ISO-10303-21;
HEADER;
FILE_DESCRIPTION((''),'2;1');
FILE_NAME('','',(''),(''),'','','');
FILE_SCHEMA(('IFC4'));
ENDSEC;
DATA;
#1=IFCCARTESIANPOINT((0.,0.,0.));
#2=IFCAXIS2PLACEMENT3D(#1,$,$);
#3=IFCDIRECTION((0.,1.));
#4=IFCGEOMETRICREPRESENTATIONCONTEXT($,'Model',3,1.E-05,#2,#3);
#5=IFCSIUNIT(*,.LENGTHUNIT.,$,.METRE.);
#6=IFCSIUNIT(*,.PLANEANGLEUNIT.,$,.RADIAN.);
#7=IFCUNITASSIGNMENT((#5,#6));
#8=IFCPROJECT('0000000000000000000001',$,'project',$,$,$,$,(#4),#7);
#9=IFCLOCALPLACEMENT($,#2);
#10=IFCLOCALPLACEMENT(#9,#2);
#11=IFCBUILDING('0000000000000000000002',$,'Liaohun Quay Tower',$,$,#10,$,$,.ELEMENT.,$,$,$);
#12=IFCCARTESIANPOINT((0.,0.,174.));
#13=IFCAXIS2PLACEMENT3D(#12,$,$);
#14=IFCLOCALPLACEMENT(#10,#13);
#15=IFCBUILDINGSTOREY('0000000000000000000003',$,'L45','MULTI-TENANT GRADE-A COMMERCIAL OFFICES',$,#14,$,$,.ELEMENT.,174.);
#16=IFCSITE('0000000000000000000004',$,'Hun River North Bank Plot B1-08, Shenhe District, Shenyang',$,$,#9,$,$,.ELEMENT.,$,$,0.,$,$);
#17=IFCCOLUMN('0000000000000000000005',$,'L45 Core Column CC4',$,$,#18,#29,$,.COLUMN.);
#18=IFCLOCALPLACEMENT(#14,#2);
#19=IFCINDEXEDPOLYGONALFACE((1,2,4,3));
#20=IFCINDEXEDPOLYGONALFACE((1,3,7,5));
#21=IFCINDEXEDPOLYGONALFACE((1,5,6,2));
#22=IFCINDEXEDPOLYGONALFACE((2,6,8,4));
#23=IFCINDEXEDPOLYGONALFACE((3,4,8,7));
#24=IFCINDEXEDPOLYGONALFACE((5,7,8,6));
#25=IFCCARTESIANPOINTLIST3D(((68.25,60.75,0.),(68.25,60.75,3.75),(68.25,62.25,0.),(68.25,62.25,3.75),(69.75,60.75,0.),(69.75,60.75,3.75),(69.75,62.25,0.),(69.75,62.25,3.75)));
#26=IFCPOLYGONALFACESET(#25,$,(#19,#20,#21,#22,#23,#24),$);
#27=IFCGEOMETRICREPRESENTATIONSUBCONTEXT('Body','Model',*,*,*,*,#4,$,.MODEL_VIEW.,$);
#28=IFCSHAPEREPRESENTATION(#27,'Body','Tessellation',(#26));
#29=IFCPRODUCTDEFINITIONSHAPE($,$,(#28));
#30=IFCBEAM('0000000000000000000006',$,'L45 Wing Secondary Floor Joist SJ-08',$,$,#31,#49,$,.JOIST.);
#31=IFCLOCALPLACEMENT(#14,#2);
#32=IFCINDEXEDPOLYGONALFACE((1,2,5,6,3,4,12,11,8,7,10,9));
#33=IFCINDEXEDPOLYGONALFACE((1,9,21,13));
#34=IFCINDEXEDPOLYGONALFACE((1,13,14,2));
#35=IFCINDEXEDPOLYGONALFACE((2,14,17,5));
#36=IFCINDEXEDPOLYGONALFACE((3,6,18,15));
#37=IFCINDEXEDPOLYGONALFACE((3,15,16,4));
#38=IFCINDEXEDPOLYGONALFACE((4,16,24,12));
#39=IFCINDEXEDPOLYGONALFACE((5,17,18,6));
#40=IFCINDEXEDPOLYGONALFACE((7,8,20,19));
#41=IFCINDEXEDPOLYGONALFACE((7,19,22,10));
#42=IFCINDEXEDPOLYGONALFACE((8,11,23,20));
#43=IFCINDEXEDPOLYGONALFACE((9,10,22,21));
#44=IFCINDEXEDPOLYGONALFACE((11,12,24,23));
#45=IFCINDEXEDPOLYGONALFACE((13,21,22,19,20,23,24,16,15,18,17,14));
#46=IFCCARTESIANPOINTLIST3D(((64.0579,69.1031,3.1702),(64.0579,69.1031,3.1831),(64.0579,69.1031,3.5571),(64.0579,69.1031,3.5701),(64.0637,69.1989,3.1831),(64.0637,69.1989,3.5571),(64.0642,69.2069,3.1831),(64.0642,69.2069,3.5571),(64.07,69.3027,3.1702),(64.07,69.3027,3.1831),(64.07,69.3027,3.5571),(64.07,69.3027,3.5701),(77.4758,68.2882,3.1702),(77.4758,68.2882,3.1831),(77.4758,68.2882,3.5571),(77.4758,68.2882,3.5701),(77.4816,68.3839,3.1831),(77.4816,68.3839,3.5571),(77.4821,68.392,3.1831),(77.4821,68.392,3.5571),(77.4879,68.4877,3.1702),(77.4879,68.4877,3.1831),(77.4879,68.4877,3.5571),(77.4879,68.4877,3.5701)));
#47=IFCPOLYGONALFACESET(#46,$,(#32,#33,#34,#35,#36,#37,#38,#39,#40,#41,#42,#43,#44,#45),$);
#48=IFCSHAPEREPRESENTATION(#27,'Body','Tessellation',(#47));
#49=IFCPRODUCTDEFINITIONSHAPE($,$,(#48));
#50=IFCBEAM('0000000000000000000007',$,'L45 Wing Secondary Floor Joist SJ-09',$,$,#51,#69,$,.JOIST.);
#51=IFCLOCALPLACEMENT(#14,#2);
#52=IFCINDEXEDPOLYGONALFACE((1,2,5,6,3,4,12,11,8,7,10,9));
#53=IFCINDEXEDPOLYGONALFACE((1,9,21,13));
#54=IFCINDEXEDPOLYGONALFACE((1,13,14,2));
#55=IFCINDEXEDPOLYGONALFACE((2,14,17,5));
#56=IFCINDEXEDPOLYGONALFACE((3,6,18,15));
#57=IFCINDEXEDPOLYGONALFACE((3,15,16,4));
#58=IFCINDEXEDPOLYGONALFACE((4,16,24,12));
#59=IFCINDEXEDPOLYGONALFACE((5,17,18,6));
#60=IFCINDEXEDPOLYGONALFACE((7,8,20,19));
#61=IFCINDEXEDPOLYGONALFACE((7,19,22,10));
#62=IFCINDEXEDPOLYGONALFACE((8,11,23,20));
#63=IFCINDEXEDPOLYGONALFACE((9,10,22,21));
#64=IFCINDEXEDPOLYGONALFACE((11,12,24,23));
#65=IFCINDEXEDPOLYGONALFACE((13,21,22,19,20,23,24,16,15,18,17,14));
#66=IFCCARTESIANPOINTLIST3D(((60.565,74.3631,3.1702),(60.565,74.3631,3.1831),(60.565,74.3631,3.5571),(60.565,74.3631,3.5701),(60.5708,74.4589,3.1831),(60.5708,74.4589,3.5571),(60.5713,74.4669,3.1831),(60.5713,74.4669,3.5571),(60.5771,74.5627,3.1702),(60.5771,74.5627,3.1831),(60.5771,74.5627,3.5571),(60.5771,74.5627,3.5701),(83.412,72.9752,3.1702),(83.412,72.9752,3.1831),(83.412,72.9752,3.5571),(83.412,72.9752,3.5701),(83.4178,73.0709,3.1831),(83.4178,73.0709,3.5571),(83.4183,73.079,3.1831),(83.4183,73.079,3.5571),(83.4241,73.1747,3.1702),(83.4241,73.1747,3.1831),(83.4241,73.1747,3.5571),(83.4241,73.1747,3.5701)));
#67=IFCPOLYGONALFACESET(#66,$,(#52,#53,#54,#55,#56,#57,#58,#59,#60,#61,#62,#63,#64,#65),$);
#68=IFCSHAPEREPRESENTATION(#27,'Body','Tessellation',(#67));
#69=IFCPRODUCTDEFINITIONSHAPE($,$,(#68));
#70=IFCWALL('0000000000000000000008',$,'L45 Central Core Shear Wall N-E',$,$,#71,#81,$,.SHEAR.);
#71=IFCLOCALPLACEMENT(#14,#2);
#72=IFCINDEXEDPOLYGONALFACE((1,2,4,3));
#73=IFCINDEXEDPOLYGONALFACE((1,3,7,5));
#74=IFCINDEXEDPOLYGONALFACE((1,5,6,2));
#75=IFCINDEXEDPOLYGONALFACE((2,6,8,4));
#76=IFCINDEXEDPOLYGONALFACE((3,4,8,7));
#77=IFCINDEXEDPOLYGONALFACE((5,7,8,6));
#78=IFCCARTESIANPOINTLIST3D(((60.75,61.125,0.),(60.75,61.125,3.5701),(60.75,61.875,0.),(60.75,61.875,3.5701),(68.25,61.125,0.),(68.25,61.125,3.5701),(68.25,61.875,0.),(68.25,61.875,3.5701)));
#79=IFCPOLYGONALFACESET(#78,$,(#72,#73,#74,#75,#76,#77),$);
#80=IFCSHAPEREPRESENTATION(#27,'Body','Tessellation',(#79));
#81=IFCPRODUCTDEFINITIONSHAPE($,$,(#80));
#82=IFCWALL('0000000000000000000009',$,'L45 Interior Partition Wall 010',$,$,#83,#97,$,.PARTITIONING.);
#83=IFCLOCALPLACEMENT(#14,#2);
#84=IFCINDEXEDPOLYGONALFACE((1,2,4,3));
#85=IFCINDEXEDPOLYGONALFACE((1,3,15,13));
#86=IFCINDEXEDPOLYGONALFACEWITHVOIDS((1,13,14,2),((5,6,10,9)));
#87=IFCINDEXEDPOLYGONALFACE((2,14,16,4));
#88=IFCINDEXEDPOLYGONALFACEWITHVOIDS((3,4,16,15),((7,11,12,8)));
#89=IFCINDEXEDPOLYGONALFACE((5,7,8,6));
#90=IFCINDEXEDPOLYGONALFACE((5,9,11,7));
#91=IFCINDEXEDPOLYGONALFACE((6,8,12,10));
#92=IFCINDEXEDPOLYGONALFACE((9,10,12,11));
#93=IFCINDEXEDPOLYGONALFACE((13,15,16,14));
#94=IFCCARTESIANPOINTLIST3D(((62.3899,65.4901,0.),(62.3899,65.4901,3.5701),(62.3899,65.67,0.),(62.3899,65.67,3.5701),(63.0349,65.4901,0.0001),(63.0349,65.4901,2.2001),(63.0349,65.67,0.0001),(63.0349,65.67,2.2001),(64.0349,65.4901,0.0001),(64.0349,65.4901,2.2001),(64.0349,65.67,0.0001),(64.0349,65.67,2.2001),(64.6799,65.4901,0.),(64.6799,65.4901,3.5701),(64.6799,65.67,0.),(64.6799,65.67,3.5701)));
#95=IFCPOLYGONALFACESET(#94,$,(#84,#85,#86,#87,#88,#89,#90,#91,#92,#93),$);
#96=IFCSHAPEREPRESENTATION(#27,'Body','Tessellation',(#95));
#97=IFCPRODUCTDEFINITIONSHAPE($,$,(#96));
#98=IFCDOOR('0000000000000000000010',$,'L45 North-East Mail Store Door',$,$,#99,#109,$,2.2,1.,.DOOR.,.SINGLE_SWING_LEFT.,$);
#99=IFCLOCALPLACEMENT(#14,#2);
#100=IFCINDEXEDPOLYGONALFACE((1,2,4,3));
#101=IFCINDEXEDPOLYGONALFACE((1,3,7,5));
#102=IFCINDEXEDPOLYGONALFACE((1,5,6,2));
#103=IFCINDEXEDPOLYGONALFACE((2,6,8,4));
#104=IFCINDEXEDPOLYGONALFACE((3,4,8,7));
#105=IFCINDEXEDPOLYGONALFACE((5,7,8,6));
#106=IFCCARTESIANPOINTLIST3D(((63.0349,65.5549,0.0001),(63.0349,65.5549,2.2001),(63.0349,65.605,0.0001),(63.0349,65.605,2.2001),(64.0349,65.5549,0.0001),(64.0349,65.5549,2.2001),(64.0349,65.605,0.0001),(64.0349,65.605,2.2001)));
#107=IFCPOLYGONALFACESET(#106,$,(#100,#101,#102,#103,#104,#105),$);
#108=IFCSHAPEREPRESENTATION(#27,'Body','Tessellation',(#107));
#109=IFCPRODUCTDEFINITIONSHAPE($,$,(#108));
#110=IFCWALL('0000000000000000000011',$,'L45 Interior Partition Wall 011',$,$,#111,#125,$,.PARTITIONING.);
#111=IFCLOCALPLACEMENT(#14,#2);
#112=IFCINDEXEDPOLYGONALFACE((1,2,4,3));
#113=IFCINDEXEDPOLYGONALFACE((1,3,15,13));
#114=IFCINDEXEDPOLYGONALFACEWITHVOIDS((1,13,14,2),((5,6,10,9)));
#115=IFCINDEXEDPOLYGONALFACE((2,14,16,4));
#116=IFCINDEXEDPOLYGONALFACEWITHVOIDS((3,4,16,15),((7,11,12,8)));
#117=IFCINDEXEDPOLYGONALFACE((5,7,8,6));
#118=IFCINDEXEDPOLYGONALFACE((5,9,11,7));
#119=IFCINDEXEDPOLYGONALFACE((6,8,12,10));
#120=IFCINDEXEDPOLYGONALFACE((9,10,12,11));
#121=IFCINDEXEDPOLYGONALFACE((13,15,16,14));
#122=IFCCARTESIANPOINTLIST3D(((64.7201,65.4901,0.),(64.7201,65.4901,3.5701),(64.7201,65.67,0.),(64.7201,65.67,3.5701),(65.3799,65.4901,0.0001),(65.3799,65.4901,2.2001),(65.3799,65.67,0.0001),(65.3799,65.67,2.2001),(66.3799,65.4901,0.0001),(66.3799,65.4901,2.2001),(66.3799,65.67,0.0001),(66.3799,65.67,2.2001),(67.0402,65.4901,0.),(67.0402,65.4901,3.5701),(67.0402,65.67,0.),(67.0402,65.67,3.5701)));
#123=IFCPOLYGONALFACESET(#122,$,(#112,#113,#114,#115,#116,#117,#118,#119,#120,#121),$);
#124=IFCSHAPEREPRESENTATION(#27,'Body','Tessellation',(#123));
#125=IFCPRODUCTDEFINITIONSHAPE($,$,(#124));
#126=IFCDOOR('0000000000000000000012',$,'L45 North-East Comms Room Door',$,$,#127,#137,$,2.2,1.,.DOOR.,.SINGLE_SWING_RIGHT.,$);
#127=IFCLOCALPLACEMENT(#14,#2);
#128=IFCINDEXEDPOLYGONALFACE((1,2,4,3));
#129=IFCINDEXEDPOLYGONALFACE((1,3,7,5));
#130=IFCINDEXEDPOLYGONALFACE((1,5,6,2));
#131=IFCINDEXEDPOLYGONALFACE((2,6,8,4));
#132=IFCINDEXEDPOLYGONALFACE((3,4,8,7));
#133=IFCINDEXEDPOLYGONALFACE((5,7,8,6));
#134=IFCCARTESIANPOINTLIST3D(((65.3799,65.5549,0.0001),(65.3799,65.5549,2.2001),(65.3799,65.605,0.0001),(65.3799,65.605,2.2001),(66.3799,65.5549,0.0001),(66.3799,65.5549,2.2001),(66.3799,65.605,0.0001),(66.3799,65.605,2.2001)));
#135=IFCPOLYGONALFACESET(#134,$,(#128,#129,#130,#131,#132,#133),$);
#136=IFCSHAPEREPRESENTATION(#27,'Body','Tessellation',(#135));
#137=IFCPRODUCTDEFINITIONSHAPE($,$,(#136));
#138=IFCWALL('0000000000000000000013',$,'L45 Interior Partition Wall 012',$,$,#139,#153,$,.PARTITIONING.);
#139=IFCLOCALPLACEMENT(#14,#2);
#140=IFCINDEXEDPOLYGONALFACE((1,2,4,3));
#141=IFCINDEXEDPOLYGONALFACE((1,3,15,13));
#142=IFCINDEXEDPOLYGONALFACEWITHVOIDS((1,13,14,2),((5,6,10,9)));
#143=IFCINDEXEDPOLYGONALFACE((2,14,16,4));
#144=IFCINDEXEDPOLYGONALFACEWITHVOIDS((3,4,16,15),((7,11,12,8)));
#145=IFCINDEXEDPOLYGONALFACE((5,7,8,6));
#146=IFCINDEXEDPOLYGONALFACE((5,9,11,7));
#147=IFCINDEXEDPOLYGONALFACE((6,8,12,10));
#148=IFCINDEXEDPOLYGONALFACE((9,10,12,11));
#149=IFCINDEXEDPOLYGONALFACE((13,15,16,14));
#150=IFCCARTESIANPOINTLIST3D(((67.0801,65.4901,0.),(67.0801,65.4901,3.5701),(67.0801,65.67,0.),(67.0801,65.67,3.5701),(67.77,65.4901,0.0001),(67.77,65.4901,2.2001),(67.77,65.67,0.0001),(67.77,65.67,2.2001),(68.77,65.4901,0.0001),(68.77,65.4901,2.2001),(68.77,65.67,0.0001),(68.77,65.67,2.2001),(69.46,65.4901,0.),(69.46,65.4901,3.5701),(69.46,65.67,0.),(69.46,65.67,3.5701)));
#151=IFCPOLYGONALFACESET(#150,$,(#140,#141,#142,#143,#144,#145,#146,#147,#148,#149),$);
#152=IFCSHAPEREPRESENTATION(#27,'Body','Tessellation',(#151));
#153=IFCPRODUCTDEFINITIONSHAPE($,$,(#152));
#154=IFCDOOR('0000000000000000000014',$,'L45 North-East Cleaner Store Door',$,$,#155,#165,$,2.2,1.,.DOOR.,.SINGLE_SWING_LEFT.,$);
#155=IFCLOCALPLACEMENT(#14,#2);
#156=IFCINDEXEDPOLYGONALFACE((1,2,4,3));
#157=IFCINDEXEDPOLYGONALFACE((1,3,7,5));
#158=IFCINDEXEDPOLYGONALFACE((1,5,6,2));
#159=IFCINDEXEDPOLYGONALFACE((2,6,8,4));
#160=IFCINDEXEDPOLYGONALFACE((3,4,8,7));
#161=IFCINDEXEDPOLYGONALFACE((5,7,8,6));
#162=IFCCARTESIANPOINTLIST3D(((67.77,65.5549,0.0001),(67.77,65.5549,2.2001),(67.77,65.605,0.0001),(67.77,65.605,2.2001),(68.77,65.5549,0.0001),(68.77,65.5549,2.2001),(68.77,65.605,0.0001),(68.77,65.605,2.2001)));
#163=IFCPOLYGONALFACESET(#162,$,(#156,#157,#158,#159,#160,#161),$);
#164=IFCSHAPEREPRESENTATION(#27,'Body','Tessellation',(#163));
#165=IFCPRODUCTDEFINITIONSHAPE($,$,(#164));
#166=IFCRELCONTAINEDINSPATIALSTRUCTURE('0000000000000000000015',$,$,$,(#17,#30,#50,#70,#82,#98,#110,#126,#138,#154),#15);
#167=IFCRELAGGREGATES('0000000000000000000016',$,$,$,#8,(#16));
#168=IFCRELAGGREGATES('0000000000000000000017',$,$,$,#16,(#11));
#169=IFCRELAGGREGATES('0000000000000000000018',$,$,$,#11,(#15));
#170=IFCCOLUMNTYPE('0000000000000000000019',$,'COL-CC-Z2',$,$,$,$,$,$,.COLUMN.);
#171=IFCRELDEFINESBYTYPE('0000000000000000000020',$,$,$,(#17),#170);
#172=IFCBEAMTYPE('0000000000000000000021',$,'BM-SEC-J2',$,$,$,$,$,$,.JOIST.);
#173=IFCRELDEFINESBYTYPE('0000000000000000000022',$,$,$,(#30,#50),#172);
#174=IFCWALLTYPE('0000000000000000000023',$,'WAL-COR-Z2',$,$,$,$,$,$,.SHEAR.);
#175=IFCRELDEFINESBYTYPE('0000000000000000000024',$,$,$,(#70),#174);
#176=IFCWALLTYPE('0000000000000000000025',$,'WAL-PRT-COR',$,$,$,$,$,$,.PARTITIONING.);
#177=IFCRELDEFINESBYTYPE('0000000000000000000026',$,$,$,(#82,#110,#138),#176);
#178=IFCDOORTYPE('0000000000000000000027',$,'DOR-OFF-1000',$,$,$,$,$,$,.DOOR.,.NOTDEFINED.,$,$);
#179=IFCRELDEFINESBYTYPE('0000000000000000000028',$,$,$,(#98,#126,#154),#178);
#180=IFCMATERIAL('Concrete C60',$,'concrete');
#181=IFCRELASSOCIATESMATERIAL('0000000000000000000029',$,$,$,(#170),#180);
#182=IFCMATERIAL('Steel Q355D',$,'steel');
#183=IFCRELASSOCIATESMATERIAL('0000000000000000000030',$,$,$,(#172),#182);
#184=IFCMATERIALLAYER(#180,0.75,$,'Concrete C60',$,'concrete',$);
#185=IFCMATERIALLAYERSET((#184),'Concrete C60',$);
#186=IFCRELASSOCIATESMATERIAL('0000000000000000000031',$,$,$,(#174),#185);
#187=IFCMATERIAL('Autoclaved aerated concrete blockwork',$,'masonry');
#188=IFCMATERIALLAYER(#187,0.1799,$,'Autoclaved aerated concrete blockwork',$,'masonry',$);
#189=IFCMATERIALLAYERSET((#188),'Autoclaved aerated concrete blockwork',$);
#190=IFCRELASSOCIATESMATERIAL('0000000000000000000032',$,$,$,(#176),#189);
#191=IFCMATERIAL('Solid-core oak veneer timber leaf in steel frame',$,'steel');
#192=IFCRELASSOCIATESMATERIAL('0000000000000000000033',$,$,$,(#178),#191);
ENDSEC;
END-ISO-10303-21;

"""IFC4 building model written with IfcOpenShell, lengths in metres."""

from ifc_helpers import new_model, si_unit, direction, frame, frame_2d, origin, origin_2d, place, context, subcontext, project, spatial, rectangle, i_section, extrude, source, transform, mapped, material, layer, layer_set, material_profile, profile_set, type_object, element, fill, save


model = new_model("IFC4")

# Units and contexts
model_context = context("Model", 3, precision=1e-05, world=origin(), true_north=direction((0.0, 1.0)))
body_context = subcontext(model_context, "Body", "Model", "MODEL_VIEW")
ifc_project = project(units=[si_unit("LENGTHUNIT", "METRE"), si_unit("PLANEANGLEUNIT", "RADIAN")], contexts=[model_context])

# Site, building, storey
site_placement = place(None, origin())
site = spatial("IfcSite", under=ifc_project, at=site_placement, Name="Hun River North Bank Plot B1-08, Shenhe District, Shenyang", CompositionType="ELEMENT", RefElevation=0.0)
building_placement = place(site_placement, origin())
building = spatial("IfcBuilding", under=site, at=building_placement, Name="Liaohun Quay Tower", CompositionType="ELEMENT")
storey_placement = place(building_placement, frame((0.0, 0.0, 174.0)))
storey = spatial("IfcBuildingStorey", under=building, at=storey_placement, Name="L45", Description="MULTI-TENANT GRADE-A COMMERCIAL OFFICES", CompositionType="ELEMENT", Elevation=174.0)

# Column
ifc_material_1 = material(Name="Concrete C60", Category="concrete")
ifc_material_profile_1 = material_profile(ifc_material_1, rectangle(XDim=1.5, YDim=1.5, at=origin_2d()), Name="RC1500x1500")
ifc_profile_set_1 = profile_set([ifc_material_profile_1], Name="Concrete C60")
column_type = type_object("IfcColumnType", Name="COL-CC-Z2", PredefinedType="COLUMN", material=ifc_profile_set_1)
shared_shape_1 = source(origin(), body_context, "Body", "SweptSolid", [
    extrude(rectangle(XDim=1.5, YDim=1.5, at=origin_2d()), origin(), (0.0, 0.0, 1.0), 3.75),
])
column_placement = place(storey_placement, frame((69.0, 61.5, 0.0), z_axis=(0.0, 0.0, 1.0), x_axis=(1.0, 0.0, 0.0)))
element("IfcColumn", 1, at=column_placement, inside=storey, type_object=column_type, Name="L45 Core Column CC4", PredefinedType="COLUMN", context=body_context, shape_type="MappedRepresentation", body=[
    mapped(shared_shape_1, transform((0.0, 0.0, 0.0), x_axis=(1.0, 0.0, 0.0), y_axis=(0.0, 1.0, 0.0), z_axis=(0.0, 0.0, 1.0), scale=1.0)),
])

# Beams
ifc_material_2 = material(Name="Steel Q355D", Category="steel")
ifc_material_profile_2 = material_profile(ifc_material_2, i_section(OverallWidth=0.2, OverallDepth=0.3999, WebThickness=0.0081, FlangeThickness=0.0129, at=origin_2d()), Name="HN400x200x8x13")
ifc_profile_set_2 = profile_set([ifc_material_profile_2], Name="Steel Q355D")
beam_type = type_object("IfcBeamType", Name="BM-SEC-J2", PredefinedType="JOIST", material=ifc_profile_set_2)
shared_shape_2 = source(origin(), body_context, "Body", "SweptSolid", [
    extrude(i_section(OverallWidth=0.2, OverallDepth=0.3999, WebThickness=0.0081, FlangeThickness=0.0129, at=origin_2d()), origin(), (0.0, 0.0, 1.0), 13.4426),
])
beam_1_placement = place(storey_placement, frame((64.064, 69.2029, 3.3701), z_axis=(0.998161, -0.060623, 0.0), x_axis=(0.060623, 0.998161, 0.0)))
element("IfcBeam", 2, at=beam_1_placement, inside=storey, type_object=beam_type, Name="L45 Wing Secondary Floor Joist SJ-08", PredefinedType="JOIST", context=body_context, shape_type="MappedRepresentation", body=[
    mapped(shared_shape_2, transform((0.0, 0.0, 0.0), x_axis=(1.0, 0.0, 0.0), y_axis=(0.0, 1.0, 0.0), z_axis=(0.0, 0.0, 1.0), scale=1.0)),
])
shared_shape_3 = source(origin(), body_context, "Body", "SweptSolid", [
    extrude(i_section(OverallWidth=0.2, OverallDepth=0.3999, WebThickness=0.0081, FlangeThickness=0.0129, at=origin_2d()), origin(), (0.0, 0.0, 1.0), 22.8892),
])
beam_2_placement = place(storey_placement, frame((60.571, 74.4629, 3.3701), z_axis=(0.99816, -0.060638, 0.0), x_axis=(0.060638, 0.99816, 0.0)))
element("IfcBeam", 3, at=beam_2_placement, inside=storey, type_object=beam_type, Name="L45 Wing Secondary Floor Joist SJ-09", PredefinedType="JOIST", context=body_context, shape_type="MappedRepresentation", body=[
    mapped(shared_shape_3, transform((0.0, 0.0, 0.0), x_axis=(1.0, 0.0, 0.0), y_axis=(0.0, 1.0, 0.0), z_axis=(0.0, 0.0, 1.0), scale=1.0)),
])

# Wall
ifc_layer_1 = layer(ifc_material_1, 0.75, Name="Concrete C60", Category="concrete")
ifc_layer_set_1 = layer_set([ifc_layer_1], Name="Concrete C60")
wall_type_1 = type_object("IfcWallType", Name="WAL-COR-Z2", PredefinedType="SHEAR", material=ifc_layer_set_1)
wall_1_placement = place(storey_placement, frame((60.75, 61.5, 0.0), z_axis=(0.0, 0.0, 1.0), x_axis=(1.0, 0.0, 0.0)))
element("IfcWall", 4, at=wall_1_placement, inside=storey, type_object=wall_type_1, Name="L45 Central Core Shear Wall N-E", PredefinedType="SHEAR", context=body_context, shape_type="SweptSolid", body=[
    extrude(rectangle(XDim=7.5, YDim=0.75, at=frame_2d((3.75, 0.0))), origin(), (0.0, 0.0, 1.0), 3.5701),
])

# Walls, openings, doors
ifc_material_3 = material(Name="Autoclaved aerated concrete blockwork", Category="masonry")
ifc_layer_2 = layer(ifc_material_3, 0.1799, Name="Autoclaved aerated concrete blockwork", Category="masonry")
ifc_layer_set_2 = layer_set([ifc_layer_2], Name="Autoclaved aerated concrete blockwork")
wall_type_2 = type_object("IfcWallType", Name="WAL-PRT-COR", PredefinedType="PARTITIONING", material=ifc_layer_set_2)
wall_2_placement = place(storey_placement, frame((62.3899, 65.5801, 0.0), z_axis=(0.0, 0.0, 1.0), x_axis=(1.0, 0.0, 0.0)))
wall_2 = element("IfcWall", 5, at=wall_2_placement, inside=storey, type_object=wall_type_2, Name="L45 Interior Partition Wall 010", PredefinedType="PARTITIONING", context=body_context, shape_type="SweptSolid", body=[
    extrude(rectangle(XDim=2.29, YDim=0.1799, at=frame_2d((1.145, 0.0))), origin(), (0.0, 0.0, 1.0), 3.5701),
])
shared_shape_4 = source(origin(), body_context, "Body", "SweptSolid", [
    extrude(rectangle(XDim=1.0, YDim=2.2, at=frame_2d((0.5, 1.1001))), frame((0.0, 0.0999, 0.0), z_axis=(0.0, -1.0, 0.0), x_axis=(1.0, 0.0, 0.0)), (0.0, 0.0, 1.0), 0.2),
])
opening_1_placement = place(wall_2_placement, frame((0.645, 0.0, 0.0)))
opening_1 = element("IfcOpeningElement", 6, at=opening_1_placement, cuts=wall_2, PredefinedType="OPENING", context=body_context, shape_type="MappedRepresentation", body=[
    mapped(shared_shape_4, transform((0.0, 0.0, 0.0), x_axis=(1.0, 0.0, 0.0), y_axis=(0.0, 1.0, 0.0), z_axis=(0.0, 0.0, 1.0), scale=1.0)),
])
ifc_material_4 = material(Name="Solid-core oak veneer timber leaf in steel frame", Category="steel")
door_type_1 = type_object("IfcDoorType", Name="DOR-OFF-1000", OperationType="NOTDEFINED", PredefinedType="DOOR", material=ifc_material_4)
shared_shape_5 = source(origin(), body_context, "Body", "SweptSolid", [
    extrude(rectangle(XDim=1.0, YDim=2.2, at=frame_2d((0.5, 1.1001))), frame((0.0, 0.0249, 0.0), z_axis=(0.0, -1.0, 0.0), x_axis=(1.0, 0.0, 0.0)), (0.0, 0.0, 1.0), 0.05),
])
door_1_placement = place(opening_1_placement, origin())
door_1 = element("IfcDoor", 7, at=door_1_placement, inside=storey, type_object=door_type_1, Name="L45 North-East Mail Store Door", OperationType="SINGLE_SWING_LEFT", OverallHeight=2.2, OverallWidth=1.0, PredefinedType="DOOR", context=body_context, shape_type="MappedRepresentation", body=[
    mapped(shared_shape_5, transform((0.0, 0.0, 0.0), x_axis=(1.0, 0.0, 0.0), y_axis=(0.0, 1.0, 0.0), z_axis=(0.0, 0.0, 1.0), scale=1.0)),
])
fill(opening_1, door_1)
wall_3_placement = place(storey_placement, frame((64.72, 65.5801, 0.0), z_axis=(0.0, 0.0, 1.0), x_axis=(1.0, 0.0, 0.0)))
wall_3 = element("IfcWall", 8, at=wall_3_placement, inside=storey, type_object=wall_type_2, Name="L45 Interior Partition Wall 011", PredefinedType="PARTITIONING", context=body_context, shape_type="SweptSolid", body=[
    extrude(rectangle(XDim=2.3201, YDim=0.1799, at=frame_2d((1.1602, 0.0))), origin(), (0.0, 0.0, 1.0), 3.5701),
])
opening_2_placement = place(wall_3_placement, frame((0.6599, 0.0, 0.0)))
opening_2 = element("IfcOpeningElement", 9, at=opening_2_placement, cuts=wall_3, PredefinedType="OPENING", context=body_context, shape_type="MappedRepresentation", body=[
    mapped(shared_shape_4, transform((0.0, 0.0, 0.0), x_axis=(1.0, 0.0, 0.0), y_axis=(0.0, 1.0, 0.0), z_axis=(0.0, 0.0, 1.0), scale=1.0)),
])
door_2_placement = place(opening_2_placement, origin())
door_2 = element("IfcDoor", 10, at=door_2_placement, inside=storey, type_object=door_type_1, Name="L45 North-East Comms Room Door", OperationType="SINGLE_SWING_RIGHT", OverallHeight=2.2, OverallWidth=1.0, PredefinedType="DOOR", context=body_context, shape_type="MappedRepresentation", body=[
    mapped(shared_shape_5, transform((0.0, 0.0, 0.0), x_axis=(1.0, 0.0, 0.0), y_axis=(0.0, 1.0, 0.0), z_axis=(0.0, 0.0, 1.0), scale=1.0)),
])
fill(opening_2, door_2)
wall_4_placement = place(storey_placement, frame((67.0801, 65.5801, 0.0), z_axis=(0.0, 0.0, 1.0), x_axis=(1.0, 0.0, 0.0)))
wall_4 = element("IfcWall", 11, at=wall_4_placement, inside=storey, type_object=wall_type_2, Name="L45 Interior Partition Wall 012", PredefinedType="PARTITIONING", context=body_context, shape_type="SweptSolid", body=[
    extrude(rectangle(XDim=2.3799, YDim=0.1799, at=frame_2d((1.1899, 0.0))), origin(), (0.0, 0.0, 1.0), 3.5701),
])
opening_3_placement = place(wall_4_placement, frame((0.6899, 0.0, 0.0)))
opening_3 = element("IfcOpeningElement", 12, at=opening_3_placement, cuts=wall_4, PredefinedType="OPENING", context=body_context, shape_type="MappedRepresentation", body=[
    mapped(shared_shape_4, transform((0.0, 0.0, 0.0), x_axis=(1.0, 0.0, 0.0), y_axis=(0.0, 1.0, 0.0), z_axis=(0.0, 0.0, 1.0), scale=1.0)),
])
door_3_placement = place(opening_3_placement, origin())
door_3 = element("IfcDoor", 13, at=door_3_placement, inside=storey, type_object=door_type_1, Name="L45 North-East Cleaner Store Door", OperationType="SINGLE_SWING_LEFT", OverallHeight=2.2, OverallWidth=1.0, PredefinedType="DOOR", context=body_context, shape_type="MappedRepresentation", body=[
    mapped(shared_shape_5, transform((0.0, 0.0, 0.0), x_axis=(1.0, 0.0, 0.0), y_axis=(0.0, 1.0, 0.0), z_axis=(0.0, 0.0, 1.0), scale=1.0)),
])
fill(opening_3, door_3)

save(model, "model.ifc")
